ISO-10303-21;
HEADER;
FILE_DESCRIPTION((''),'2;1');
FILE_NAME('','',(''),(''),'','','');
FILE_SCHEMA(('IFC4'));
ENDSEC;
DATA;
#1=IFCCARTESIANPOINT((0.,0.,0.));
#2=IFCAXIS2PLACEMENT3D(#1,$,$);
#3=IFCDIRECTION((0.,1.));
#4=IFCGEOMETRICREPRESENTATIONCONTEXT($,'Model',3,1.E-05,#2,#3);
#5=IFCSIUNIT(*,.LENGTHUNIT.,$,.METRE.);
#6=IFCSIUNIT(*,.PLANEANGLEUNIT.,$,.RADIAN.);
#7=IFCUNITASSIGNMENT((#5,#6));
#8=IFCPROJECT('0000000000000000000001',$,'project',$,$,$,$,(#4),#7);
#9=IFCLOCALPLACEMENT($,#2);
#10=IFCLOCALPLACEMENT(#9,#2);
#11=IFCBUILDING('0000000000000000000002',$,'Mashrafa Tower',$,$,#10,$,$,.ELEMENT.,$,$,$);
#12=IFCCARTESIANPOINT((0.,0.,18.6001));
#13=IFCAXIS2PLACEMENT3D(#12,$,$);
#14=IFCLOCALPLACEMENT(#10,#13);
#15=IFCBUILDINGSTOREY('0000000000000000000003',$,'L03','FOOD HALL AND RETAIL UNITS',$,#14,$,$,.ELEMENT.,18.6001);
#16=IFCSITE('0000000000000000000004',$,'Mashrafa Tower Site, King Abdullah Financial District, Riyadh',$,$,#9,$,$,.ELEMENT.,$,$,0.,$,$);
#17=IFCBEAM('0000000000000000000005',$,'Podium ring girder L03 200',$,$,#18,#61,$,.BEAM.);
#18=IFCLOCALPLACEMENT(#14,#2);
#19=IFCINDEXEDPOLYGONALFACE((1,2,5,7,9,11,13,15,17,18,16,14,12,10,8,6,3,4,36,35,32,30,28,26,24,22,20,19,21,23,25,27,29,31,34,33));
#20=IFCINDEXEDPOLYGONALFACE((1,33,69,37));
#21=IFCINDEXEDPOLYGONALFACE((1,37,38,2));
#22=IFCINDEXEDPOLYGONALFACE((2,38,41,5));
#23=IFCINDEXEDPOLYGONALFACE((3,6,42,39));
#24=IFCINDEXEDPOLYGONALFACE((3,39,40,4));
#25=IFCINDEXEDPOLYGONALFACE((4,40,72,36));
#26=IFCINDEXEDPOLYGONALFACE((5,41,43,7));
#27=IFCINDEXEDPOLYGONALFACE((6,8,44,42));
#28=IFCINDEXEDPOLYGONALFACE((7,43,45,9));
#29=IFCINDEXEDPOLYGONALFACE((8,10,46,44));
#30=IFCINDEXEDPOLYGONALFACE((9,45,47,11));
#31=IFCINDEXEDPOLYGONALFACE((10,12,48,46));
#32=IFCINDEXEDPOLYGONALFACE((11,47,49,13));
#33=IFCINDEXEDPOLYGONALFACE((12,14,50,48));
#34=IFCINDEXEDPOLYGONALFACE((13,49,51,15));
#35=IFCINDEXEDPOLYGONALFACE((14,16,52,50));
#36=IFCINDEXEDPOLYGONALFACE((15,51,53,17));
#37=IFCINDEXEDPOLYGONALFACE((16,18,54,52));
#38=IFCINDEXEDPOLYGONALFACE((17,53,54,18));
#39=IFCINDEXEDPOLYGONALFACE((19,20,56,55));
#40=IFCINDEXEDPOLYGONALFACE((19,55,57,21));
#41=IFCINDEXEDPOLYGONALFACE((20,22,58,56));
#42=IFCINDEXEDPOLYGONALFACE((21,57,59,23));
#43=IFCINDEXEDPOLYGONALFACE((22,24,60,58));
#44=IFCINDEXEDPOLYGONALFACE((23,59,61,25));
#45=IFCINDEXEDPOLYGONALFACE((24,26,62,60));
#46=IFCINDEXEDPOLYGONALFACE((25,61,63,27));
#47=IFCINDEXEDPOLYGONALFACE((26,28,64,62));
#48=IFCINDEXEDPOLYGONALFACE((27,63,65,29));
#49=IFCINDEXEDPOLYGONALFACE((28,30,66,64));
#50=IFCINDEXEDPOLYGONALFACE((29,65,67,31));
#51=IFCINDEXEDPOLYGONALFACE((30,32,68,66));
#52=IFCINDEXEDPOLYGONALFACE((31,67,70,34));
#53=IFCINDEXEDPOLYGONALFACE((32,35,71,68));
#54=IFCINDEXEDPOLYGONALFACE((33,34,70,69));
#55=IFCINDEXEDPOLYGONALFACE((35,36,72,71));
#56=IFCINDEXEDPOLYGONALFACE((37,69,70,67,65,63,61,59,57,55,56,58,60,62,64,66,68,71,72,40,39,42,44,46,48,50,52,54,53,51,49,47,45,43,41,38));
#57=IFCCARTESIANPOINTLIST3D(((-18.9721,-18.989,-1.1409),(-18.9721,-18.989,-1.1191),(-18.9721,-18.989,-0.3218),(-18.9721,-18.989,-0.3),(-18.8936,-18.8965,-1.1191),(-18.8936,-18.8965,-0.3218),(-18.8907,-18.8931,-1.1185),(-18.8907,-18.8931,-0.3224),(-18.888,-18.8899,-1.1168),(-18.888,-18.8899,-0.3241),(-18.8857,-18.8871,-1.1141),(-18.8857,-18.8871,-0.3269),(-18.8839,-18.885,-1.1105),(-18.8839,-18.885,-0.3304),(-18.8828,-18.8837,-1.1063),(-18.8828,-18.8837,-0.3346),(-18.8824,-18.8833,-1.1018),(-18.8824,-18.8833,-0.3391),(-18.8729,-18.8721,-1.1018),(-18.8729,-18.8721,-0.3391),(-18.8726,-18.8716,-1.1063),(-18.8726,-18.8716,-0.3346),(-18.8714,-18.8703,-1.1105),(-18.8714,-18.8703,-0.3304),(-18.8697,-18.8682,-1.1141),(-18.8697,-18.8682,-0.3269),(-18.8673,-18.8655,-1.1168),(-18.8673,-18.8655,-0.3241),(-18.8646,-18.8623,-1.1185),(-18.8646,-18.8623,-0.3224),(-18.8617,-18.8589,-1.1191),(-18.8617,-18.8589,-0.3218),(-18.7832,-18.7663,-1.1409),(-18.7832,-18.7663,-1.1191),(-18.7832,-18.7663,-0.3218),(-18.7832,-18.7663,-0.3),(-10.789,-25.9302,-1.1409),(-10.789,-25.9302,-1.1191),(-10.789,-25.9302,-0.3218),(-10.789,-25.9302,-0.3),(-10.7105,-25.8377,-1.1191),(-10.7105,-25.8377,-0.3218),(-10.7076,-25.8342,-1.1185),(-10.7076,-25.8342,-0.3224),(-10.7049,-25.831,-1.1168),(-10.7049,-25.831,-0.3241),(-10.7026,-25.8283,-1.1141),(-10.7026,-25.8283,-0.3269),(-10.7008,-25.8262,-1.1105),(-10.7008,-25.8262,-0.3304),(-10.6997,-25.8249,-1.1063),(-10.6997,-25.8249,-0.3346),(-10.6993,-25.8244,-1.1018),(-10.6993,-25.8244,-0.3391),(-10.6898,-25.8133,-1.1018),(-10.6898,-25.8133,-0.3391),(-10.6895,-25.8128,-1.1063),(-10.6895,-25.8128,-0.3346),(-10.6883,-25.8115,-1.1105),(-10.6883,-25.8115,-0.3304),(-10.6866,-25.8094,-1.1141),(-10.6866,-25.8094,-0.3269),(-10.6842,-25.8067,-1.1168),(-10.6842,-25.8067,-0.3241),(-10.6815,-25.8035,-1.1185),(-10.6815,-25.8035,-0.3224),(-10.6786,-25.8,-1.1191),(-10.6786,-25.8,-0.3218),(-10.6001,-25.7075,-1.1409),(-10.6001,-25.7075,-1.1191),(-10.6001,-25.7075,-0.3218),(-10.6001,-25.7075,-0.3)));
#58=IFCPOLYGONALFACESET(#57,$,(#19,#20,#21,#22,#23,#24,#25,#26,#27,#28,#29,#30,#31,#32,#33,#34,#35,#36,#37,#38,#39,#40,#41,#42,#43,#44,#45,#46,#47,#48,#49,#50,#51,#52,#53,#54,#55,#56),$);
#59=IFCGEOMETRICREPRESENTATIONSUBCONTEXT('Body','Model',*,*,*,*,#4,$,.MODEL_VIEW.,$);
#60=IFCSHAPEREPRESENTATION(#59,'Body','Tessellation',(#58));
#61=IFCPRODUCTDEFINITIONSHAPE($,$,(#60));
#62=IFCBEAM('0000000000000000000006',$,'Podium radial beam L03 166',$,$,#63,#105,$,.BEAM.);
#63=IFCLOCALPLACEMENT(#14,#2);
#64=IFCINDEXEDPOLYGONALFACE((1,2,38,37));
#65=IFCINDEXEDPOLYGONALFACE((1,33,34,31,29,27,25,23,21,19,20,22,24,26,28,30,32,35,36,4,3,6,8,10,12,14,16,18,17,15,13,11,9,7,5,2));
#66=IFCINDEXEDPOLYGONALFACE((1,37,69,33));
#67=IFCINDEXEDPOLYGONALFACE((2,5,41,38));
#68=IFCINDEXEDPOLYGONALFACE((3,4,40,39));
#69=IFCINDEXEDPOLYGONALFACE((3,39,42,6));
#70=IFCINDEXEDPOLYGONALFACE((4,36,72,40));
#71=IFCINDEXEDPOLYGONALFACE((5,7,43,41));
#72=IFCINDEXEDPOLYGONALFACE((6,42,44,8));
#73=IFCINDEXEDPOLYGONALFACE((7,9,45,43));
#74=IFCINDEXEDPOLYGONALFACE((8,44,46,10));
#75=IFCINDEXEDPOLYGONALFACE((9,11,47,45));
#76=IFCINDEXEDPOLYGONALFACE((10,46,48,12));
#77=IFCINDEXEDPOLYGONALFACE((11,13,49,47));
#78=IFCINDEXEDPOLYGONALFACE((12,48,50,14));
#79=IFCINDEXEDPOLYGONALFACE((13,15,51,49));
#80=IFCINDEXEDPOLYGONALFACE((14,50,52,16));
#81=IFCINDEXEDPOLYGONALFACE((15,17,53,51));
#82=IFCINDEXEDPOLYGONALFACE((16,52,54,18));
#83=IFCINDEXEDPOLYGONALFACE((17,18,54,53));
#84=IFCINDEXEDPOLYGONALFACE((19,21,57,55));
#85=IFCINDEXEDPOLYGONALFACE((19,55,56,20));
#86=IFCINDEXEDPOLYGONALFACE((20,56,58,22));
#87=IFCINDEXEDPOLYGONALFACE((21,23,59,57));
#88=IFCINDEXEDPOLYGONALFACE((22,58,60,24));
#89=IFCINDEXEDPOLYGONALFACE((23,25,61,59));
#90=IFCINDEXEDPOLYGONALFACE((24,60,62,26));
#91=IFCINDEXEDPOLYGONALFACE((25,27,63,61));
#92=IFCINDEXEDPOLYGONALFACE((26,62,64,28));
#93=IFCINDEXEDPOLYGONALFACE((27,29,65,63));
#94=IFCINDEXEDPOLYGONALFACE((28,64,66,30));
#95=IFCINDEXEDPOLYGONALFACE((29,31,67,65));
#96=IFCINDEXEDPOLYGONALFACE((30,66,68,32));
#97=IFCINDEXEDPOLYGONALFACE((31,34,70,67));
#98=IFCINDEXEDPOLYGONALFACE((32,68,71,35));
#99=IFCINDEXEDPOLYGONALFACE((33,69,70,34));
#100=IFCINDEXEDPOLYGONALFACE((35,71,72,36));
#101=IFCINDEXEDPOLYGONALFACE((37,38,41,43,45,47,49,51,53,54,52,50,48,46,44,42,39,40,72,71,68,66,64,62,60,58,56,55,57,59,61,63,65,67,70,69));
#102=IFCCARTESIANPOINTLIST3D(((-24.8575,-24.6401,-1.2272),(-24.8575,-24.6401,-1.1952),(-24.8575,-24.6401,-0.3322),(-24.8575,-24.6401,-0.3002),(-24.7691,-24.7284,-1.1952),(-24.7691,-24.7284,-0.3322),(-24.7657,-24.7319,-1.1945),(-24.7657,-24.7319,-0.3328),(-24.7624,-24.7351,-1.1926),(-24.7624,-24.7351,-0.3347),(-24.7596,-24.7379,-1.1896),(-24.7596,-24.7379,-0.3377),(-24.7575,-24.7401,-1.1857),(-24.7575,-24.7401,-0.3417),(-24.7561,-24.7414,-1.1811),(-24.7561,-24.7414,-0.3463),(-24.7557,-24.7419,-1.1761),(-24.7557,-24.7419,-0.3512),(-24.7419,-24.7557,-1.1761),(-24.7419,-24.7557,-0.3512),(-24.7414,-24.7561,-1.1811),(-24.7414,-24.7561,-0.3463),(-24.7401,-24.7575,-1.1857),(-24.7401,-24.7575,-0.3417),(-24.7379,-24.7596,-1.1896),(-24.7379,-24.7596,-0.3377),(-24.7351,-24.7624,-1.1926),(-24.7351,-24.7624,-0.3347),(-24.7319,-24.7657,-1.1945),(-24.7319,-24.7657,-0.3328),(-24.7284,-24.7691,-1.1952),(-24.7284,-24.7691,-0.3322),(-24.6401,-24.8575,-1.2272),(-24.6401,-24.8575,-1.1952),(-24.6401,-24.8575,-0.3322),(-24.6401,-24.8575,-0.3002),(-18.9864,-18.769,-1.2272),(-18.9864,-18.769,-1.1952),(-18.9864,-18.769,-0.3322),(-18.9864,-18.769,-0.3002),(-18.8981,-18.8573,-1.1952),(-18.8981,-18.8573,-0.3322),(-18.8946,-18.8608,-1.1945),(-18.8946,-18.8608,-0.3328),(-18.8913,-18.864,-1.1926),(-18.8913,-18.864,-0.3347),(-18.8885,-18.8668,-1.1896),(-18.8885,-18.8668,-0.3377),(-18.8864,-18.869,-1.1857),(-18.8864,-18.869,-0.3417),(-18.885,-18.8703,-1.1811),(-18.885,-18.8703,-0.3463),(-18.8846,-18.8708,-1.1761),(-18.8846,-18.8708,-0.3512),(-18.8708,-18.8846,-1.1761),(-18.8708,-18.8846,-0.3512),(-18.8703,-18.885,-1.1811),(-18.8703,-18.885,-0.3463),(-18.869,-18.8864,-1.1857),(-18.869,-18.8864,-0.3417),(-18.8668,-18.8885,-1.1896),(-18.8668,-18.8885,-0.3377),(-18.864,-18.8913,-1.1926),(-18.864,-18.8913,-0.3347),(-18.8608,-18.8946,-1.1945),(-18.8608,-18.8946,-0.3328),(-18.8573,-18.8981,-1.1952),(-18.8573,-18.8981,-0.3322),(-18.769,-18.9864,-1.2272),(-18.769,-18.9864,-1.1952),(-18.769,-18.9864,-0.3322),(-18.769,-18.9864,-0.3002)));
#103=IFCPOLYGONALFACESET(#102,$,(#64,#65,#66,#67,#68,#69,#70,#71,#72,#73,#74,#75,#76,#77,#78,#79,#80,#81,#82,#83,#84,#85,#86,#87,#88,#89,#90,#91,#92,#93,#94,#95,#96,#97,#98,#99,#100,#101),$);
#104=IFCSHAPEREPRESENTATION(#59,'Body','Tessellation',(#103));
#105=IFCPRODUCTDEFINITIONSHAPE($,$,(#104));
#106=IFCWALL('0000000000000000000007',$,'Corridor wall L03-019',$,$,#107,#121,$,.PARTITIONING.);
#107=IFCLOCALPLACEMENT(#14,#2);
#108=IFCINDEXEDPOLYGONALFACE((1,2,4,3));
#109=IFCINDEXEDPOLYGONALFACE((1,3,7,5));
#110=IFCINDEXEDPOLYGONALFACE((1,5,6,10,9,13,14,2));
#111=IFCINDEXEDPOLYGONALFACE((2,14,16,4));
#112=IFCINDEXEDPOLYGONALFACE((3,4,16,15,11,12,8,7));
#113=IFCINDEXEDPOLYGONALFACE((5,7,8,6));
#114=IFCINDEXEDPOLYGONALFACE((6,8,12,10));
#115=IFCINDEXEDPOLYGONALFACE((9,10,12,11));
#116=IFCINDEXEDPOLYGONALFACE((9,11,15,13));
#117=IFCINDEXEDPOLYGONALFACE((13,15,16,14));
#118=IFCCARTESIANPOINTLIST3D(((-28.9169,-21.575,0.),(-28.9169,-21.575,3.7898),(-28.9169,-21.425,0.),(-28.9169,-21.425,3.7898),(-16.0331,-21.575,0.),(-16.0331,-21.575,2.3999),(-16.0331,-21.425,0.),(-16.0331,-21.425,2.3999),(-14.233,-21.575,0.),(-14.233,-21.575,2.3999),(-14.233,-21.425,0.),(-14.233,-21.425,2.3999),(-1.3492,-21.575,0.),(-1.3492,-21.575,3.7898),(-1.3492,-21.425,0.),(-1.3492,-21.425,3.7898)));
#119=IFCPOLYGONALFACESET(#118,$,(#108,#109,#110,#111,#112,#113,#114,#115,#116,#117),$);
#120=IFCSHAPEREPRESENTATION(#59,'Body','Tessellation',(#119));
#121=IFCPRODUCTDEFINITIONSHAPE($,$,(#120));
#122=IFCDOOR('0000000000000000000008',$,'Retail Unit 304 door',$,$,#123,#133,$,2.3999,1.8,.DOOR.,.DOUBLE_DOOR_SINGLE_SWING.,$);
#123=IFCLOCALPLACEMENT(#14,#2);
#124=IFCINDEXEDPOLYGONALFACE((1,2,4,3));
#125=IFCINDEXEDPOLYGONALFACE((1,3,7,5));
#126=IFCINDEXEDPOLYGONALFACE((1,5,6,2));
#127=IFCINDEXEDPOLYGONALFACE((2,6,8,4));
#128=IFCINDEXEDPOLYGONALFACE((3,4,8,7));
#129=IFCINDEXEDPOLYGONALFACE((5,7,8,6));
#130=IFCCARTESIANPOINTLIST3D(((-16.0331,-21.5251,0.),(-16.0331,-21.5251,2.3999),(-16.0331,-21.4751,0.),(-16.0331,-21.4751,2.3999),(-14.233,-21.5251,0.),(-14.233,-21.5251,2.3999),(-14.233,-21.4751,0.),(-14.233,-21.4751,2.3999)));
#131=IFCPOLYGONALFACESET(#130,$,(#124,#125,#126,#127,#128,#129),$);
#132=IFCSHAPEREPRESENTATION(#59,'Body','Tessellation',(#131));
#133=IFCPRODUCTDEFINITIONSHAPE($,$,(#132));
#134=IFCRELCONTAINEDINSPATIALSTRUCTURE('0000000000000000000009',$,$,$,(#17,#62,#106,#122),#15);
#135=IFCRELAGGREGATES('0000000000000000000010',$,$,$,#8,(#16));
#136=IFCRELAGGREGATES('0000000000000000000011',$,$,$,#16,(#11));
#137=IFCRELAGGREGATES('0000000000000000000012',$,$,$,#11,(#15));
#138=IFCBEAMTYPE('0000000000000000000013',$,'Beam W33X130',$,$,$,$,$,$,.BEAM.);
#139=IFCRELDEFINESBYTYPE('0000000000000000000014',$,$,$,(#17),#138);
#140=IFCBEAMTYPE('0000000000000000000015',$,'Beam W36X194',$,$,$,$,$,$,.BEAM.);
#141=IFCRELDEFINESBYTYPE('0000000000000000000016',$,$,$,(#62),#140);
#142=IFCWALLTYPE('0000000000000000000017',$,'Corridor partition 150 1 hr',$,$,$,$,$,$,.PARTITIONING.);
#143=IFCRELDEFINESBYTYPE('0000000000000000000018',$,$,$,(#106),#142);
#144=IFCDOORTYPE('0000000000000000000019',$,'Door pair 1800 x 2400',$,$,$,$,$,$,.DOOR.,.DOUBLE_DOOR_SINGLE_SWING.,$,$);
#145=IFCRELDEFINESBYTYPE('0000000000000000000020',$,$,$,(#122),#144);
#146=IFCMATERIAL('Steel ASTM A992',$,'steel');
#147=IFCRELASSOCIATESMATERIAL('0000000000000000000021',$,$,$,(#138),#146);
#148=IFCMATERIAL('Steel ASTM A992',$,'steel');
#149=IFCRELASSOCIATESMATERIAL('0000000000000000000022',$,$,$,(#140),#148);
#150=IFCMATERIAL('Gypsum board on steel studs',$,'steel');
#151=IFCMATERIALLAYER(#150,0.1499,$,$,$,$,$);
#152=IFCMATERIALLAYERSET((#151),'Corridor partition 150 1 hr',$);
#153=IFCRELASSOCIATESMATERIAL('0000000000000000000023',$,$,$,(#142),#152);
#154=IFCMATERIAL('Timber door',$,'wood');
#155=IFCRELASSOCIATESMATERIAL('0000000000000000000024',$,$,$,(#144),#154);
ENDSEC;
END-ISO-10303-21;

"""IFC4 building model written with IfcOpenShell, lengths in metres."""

from ifc_helpers import new_model, si_unit, direction, frame, frame_2d, origin, origin_2d, place, context, subcontext, project, spatial, rectangle, i_section, extrude, material, layer, layer_set, material_profile, profile_set, type_object, element, fill, save


model = new_model("IFC4")

# Units and contexts
model_context = context("Model", 3, precision=1e-05, world=origin(), true_north=direction((0.0, 1.0)))
body_context = subcontext(model_context, "Body", "Model", "MODEL_VIEW")
ifc_project = project(units=[si_unit("LENGTHUNIT", "METRE"), si_unit("PLANEANGLEUNIT", "RADIAN")], contexts=[model_context])

# Site, building, storey
site_placement = place(None, origin())
site = spatial("IfcSite", under=ifc_project, at=site_placement, Name="Mashrafa Tower Site, King Abdullah Financial District, Riyadh", CompositionType="ELEMENT", RefElevation=0.0)
building_placement = place(site_placement, origin())
building = spatial("IfcBuilding", under=site, at=building_placement, Name="Mashrafa Tower", CompositionType="ELEMENT")
storey_placement = place(building_placement, frame((0.0, 0.0, 18.6001)))
storey = spatial("IfcBuildingStorey", under=building, at=storey_placement, Name="L03", Description="FOOD HALL AND RETAIL UNITS", CompositionType="ELEMENT", Elevation=18.6001)

# Beams
ifc_material_1 = material(Name="Steel ASTM A992", Category="steel")
ifc_material_profile_1 = material_profile(ifc_material_1, i_section(OverallWidth=0.292, OverallDepth=0.8408, WebThickness=0.0146, FlangeThickness=0.0217, FilletRadius=0.0173, at=origin_2d()), Name="W33X130")
ifc_profile_set_1 = profile_set([ifc_material_profile_1], Name="Steel ASTM A992")
beam_type_1 = type_object("IfcBeamType", Name="Beam W33X130", PredefinedType="BEAM", material=ifc_profile_set_1)
beam_1_placement = place(storey_placement, frame((-18.8777, -18.8777, -0.7205), z_axis=(0.762605, -0.646865, 0.0), x_axis=(0.646865, 0.762605, 0.0)))
element("IfcBeam", 1, at=beam_1_placement, inside=storey, type_object=beam_type_1, Name="Podium ring girder L03 200", PredefinedType="BEAM", context=body_context, shape_type="SweptSolid", body=[
    extrude(i_section(OverallWidth=0.292, OverallDepth=0.8408, WebThickness=0.0146, FlangeThickness=0.0217, FilletRadius=0.0173, at=origin_2d()), origin(), (0.0, 0.0, 1.0), 10.7305),
])
ifc_material_2 = material(Name="Steel ASTM A992", Category="steel")
ifc_material_profile_2 = material_profile(ifc_material_2, i_section(OverallWidth=0.3074, OverallDepth=0.927, WebThickness=0.0195, FlangeThickness=0.032, FilletRadius=0.019, at=origin_2d()), Name="W36X194")
ifc_profile_set_2 = profile_set([ifc_material_profile_2], Name="Steel ASTM A992")
beam_type_2 = type_object("IfcBeamType", Name="Beam W36X194", PredefinedType="BEAM", material=ifc_profile_set_2)
beam_2_placement = place(storey_placement, frame((-18.8777, -18.8777, -0.7637), z_axis=(-0.707107, -0.707107, 0.0), x_axis=(0.707107, -0.707107, 0.0)))
element("IfcBeam", 2, at=beam_2_placement, inside=storey, type_object=beam_type_2, Name="Podium radial beam L03 166", PredefinedType="BEAM", context=body_context, shape_type="SweptSolid", body=[
    extrude(i_section(OverallWidth=0.3074, OverallDepth=0.927, WebThickness=0.0195, FlangeThickness=0.032, FilletRadius=0.019, at=origin_2d()), origin(), (0.0, 0.0, 1.0), 8.303),
])

# Wall, opening, door
ifc_material_3 = material(Name="Gypsum board on steel studs", Category="steel")
ifc_layer = layer(ifc_material_3, 0.1499)
ifc_layer_set = layer_set([ifc_layer], Name="Corridor partition 150 1 hr")
wall_type = type_object("IfcWallType", Name="Corridor partition 150 1 hr", PredefinedType="PARTITIONING", material=ifc_layer_set)
wall_placement = place(storey_placement, frame((-28.9167, -21.5, 0.0), z_axis=(0.0, 0.0, 1.0), x_axis=(1.0, 0.0, 0.0)))
wall = element("IfcWall", 3, at=wall_placement, inside=storey, type_object=wall_type, Name="Corridor wall L03-019", PredefinedType="PARTITIONING", context=body_context, shape_type="SweptSolid", body=[
    extrude(rectangle(XDim=27.5676, YDim=0.1499, at=frame_2d((13.7837, 0.0))), origin(), (0.0, 0.0, 1.0), 3.7898),
])
opening_placement = place(wall_placement, frame((12.8838, 0.0, 0.0)))
opening = element("IfcOpeningElement", 4, at=opening_placement, cuts=wall, PredefinedType="OPENING", context=body_context, shape_type="SweptSolid", body=[
    extrude(rectangle(XDim=1.8, YDim=2.3999, at=frame_2d((0.8999, 1.2))), frame((0.0, 0.085, 0.0), z_axis=(0.0, -1.0, 0.0), x_axis=(1.0, 0.0, 0.0)), (0.0, 0.0, 1.0), 0.1699),
])
ifc_material_4 = material(Name="Timber door", Category="wood")
door_type = type_object("IfcDoorType", Name="Door pair 1800 x 2400", OperationType="DOUBLE_DOOR_SINGLE_SWING", PredefinedType="DOOR", material=ifc_material_4)
door_placement = place(opening_placement, origin())
door = element("IfcDoor", 5, at=door_placement, inside=storey, type_object=door_type, Name="Retail Unit 304 door", OperationType="DOUBLE_DOOR_SINGLE_SWING", OverallHeight=2.3999, OverallWidth=1.8, PredefinedType="DOOR", context=body_context, shape_type="SweptSolid", body=[
    extrude(rectangle(XDim=1.8, YDim=2.3999, at=frame_2d((0.8999, 1.2))), frame((0.0, 0.0249, 0.0), z_axis=(0.0, -1.0, 0.0), x_axis=(1.0, 0.0, 0.0)), (0.0, 0.0, 1.0), 0.05),
])
fill(opening, door)

save(model, "model.ifc")
